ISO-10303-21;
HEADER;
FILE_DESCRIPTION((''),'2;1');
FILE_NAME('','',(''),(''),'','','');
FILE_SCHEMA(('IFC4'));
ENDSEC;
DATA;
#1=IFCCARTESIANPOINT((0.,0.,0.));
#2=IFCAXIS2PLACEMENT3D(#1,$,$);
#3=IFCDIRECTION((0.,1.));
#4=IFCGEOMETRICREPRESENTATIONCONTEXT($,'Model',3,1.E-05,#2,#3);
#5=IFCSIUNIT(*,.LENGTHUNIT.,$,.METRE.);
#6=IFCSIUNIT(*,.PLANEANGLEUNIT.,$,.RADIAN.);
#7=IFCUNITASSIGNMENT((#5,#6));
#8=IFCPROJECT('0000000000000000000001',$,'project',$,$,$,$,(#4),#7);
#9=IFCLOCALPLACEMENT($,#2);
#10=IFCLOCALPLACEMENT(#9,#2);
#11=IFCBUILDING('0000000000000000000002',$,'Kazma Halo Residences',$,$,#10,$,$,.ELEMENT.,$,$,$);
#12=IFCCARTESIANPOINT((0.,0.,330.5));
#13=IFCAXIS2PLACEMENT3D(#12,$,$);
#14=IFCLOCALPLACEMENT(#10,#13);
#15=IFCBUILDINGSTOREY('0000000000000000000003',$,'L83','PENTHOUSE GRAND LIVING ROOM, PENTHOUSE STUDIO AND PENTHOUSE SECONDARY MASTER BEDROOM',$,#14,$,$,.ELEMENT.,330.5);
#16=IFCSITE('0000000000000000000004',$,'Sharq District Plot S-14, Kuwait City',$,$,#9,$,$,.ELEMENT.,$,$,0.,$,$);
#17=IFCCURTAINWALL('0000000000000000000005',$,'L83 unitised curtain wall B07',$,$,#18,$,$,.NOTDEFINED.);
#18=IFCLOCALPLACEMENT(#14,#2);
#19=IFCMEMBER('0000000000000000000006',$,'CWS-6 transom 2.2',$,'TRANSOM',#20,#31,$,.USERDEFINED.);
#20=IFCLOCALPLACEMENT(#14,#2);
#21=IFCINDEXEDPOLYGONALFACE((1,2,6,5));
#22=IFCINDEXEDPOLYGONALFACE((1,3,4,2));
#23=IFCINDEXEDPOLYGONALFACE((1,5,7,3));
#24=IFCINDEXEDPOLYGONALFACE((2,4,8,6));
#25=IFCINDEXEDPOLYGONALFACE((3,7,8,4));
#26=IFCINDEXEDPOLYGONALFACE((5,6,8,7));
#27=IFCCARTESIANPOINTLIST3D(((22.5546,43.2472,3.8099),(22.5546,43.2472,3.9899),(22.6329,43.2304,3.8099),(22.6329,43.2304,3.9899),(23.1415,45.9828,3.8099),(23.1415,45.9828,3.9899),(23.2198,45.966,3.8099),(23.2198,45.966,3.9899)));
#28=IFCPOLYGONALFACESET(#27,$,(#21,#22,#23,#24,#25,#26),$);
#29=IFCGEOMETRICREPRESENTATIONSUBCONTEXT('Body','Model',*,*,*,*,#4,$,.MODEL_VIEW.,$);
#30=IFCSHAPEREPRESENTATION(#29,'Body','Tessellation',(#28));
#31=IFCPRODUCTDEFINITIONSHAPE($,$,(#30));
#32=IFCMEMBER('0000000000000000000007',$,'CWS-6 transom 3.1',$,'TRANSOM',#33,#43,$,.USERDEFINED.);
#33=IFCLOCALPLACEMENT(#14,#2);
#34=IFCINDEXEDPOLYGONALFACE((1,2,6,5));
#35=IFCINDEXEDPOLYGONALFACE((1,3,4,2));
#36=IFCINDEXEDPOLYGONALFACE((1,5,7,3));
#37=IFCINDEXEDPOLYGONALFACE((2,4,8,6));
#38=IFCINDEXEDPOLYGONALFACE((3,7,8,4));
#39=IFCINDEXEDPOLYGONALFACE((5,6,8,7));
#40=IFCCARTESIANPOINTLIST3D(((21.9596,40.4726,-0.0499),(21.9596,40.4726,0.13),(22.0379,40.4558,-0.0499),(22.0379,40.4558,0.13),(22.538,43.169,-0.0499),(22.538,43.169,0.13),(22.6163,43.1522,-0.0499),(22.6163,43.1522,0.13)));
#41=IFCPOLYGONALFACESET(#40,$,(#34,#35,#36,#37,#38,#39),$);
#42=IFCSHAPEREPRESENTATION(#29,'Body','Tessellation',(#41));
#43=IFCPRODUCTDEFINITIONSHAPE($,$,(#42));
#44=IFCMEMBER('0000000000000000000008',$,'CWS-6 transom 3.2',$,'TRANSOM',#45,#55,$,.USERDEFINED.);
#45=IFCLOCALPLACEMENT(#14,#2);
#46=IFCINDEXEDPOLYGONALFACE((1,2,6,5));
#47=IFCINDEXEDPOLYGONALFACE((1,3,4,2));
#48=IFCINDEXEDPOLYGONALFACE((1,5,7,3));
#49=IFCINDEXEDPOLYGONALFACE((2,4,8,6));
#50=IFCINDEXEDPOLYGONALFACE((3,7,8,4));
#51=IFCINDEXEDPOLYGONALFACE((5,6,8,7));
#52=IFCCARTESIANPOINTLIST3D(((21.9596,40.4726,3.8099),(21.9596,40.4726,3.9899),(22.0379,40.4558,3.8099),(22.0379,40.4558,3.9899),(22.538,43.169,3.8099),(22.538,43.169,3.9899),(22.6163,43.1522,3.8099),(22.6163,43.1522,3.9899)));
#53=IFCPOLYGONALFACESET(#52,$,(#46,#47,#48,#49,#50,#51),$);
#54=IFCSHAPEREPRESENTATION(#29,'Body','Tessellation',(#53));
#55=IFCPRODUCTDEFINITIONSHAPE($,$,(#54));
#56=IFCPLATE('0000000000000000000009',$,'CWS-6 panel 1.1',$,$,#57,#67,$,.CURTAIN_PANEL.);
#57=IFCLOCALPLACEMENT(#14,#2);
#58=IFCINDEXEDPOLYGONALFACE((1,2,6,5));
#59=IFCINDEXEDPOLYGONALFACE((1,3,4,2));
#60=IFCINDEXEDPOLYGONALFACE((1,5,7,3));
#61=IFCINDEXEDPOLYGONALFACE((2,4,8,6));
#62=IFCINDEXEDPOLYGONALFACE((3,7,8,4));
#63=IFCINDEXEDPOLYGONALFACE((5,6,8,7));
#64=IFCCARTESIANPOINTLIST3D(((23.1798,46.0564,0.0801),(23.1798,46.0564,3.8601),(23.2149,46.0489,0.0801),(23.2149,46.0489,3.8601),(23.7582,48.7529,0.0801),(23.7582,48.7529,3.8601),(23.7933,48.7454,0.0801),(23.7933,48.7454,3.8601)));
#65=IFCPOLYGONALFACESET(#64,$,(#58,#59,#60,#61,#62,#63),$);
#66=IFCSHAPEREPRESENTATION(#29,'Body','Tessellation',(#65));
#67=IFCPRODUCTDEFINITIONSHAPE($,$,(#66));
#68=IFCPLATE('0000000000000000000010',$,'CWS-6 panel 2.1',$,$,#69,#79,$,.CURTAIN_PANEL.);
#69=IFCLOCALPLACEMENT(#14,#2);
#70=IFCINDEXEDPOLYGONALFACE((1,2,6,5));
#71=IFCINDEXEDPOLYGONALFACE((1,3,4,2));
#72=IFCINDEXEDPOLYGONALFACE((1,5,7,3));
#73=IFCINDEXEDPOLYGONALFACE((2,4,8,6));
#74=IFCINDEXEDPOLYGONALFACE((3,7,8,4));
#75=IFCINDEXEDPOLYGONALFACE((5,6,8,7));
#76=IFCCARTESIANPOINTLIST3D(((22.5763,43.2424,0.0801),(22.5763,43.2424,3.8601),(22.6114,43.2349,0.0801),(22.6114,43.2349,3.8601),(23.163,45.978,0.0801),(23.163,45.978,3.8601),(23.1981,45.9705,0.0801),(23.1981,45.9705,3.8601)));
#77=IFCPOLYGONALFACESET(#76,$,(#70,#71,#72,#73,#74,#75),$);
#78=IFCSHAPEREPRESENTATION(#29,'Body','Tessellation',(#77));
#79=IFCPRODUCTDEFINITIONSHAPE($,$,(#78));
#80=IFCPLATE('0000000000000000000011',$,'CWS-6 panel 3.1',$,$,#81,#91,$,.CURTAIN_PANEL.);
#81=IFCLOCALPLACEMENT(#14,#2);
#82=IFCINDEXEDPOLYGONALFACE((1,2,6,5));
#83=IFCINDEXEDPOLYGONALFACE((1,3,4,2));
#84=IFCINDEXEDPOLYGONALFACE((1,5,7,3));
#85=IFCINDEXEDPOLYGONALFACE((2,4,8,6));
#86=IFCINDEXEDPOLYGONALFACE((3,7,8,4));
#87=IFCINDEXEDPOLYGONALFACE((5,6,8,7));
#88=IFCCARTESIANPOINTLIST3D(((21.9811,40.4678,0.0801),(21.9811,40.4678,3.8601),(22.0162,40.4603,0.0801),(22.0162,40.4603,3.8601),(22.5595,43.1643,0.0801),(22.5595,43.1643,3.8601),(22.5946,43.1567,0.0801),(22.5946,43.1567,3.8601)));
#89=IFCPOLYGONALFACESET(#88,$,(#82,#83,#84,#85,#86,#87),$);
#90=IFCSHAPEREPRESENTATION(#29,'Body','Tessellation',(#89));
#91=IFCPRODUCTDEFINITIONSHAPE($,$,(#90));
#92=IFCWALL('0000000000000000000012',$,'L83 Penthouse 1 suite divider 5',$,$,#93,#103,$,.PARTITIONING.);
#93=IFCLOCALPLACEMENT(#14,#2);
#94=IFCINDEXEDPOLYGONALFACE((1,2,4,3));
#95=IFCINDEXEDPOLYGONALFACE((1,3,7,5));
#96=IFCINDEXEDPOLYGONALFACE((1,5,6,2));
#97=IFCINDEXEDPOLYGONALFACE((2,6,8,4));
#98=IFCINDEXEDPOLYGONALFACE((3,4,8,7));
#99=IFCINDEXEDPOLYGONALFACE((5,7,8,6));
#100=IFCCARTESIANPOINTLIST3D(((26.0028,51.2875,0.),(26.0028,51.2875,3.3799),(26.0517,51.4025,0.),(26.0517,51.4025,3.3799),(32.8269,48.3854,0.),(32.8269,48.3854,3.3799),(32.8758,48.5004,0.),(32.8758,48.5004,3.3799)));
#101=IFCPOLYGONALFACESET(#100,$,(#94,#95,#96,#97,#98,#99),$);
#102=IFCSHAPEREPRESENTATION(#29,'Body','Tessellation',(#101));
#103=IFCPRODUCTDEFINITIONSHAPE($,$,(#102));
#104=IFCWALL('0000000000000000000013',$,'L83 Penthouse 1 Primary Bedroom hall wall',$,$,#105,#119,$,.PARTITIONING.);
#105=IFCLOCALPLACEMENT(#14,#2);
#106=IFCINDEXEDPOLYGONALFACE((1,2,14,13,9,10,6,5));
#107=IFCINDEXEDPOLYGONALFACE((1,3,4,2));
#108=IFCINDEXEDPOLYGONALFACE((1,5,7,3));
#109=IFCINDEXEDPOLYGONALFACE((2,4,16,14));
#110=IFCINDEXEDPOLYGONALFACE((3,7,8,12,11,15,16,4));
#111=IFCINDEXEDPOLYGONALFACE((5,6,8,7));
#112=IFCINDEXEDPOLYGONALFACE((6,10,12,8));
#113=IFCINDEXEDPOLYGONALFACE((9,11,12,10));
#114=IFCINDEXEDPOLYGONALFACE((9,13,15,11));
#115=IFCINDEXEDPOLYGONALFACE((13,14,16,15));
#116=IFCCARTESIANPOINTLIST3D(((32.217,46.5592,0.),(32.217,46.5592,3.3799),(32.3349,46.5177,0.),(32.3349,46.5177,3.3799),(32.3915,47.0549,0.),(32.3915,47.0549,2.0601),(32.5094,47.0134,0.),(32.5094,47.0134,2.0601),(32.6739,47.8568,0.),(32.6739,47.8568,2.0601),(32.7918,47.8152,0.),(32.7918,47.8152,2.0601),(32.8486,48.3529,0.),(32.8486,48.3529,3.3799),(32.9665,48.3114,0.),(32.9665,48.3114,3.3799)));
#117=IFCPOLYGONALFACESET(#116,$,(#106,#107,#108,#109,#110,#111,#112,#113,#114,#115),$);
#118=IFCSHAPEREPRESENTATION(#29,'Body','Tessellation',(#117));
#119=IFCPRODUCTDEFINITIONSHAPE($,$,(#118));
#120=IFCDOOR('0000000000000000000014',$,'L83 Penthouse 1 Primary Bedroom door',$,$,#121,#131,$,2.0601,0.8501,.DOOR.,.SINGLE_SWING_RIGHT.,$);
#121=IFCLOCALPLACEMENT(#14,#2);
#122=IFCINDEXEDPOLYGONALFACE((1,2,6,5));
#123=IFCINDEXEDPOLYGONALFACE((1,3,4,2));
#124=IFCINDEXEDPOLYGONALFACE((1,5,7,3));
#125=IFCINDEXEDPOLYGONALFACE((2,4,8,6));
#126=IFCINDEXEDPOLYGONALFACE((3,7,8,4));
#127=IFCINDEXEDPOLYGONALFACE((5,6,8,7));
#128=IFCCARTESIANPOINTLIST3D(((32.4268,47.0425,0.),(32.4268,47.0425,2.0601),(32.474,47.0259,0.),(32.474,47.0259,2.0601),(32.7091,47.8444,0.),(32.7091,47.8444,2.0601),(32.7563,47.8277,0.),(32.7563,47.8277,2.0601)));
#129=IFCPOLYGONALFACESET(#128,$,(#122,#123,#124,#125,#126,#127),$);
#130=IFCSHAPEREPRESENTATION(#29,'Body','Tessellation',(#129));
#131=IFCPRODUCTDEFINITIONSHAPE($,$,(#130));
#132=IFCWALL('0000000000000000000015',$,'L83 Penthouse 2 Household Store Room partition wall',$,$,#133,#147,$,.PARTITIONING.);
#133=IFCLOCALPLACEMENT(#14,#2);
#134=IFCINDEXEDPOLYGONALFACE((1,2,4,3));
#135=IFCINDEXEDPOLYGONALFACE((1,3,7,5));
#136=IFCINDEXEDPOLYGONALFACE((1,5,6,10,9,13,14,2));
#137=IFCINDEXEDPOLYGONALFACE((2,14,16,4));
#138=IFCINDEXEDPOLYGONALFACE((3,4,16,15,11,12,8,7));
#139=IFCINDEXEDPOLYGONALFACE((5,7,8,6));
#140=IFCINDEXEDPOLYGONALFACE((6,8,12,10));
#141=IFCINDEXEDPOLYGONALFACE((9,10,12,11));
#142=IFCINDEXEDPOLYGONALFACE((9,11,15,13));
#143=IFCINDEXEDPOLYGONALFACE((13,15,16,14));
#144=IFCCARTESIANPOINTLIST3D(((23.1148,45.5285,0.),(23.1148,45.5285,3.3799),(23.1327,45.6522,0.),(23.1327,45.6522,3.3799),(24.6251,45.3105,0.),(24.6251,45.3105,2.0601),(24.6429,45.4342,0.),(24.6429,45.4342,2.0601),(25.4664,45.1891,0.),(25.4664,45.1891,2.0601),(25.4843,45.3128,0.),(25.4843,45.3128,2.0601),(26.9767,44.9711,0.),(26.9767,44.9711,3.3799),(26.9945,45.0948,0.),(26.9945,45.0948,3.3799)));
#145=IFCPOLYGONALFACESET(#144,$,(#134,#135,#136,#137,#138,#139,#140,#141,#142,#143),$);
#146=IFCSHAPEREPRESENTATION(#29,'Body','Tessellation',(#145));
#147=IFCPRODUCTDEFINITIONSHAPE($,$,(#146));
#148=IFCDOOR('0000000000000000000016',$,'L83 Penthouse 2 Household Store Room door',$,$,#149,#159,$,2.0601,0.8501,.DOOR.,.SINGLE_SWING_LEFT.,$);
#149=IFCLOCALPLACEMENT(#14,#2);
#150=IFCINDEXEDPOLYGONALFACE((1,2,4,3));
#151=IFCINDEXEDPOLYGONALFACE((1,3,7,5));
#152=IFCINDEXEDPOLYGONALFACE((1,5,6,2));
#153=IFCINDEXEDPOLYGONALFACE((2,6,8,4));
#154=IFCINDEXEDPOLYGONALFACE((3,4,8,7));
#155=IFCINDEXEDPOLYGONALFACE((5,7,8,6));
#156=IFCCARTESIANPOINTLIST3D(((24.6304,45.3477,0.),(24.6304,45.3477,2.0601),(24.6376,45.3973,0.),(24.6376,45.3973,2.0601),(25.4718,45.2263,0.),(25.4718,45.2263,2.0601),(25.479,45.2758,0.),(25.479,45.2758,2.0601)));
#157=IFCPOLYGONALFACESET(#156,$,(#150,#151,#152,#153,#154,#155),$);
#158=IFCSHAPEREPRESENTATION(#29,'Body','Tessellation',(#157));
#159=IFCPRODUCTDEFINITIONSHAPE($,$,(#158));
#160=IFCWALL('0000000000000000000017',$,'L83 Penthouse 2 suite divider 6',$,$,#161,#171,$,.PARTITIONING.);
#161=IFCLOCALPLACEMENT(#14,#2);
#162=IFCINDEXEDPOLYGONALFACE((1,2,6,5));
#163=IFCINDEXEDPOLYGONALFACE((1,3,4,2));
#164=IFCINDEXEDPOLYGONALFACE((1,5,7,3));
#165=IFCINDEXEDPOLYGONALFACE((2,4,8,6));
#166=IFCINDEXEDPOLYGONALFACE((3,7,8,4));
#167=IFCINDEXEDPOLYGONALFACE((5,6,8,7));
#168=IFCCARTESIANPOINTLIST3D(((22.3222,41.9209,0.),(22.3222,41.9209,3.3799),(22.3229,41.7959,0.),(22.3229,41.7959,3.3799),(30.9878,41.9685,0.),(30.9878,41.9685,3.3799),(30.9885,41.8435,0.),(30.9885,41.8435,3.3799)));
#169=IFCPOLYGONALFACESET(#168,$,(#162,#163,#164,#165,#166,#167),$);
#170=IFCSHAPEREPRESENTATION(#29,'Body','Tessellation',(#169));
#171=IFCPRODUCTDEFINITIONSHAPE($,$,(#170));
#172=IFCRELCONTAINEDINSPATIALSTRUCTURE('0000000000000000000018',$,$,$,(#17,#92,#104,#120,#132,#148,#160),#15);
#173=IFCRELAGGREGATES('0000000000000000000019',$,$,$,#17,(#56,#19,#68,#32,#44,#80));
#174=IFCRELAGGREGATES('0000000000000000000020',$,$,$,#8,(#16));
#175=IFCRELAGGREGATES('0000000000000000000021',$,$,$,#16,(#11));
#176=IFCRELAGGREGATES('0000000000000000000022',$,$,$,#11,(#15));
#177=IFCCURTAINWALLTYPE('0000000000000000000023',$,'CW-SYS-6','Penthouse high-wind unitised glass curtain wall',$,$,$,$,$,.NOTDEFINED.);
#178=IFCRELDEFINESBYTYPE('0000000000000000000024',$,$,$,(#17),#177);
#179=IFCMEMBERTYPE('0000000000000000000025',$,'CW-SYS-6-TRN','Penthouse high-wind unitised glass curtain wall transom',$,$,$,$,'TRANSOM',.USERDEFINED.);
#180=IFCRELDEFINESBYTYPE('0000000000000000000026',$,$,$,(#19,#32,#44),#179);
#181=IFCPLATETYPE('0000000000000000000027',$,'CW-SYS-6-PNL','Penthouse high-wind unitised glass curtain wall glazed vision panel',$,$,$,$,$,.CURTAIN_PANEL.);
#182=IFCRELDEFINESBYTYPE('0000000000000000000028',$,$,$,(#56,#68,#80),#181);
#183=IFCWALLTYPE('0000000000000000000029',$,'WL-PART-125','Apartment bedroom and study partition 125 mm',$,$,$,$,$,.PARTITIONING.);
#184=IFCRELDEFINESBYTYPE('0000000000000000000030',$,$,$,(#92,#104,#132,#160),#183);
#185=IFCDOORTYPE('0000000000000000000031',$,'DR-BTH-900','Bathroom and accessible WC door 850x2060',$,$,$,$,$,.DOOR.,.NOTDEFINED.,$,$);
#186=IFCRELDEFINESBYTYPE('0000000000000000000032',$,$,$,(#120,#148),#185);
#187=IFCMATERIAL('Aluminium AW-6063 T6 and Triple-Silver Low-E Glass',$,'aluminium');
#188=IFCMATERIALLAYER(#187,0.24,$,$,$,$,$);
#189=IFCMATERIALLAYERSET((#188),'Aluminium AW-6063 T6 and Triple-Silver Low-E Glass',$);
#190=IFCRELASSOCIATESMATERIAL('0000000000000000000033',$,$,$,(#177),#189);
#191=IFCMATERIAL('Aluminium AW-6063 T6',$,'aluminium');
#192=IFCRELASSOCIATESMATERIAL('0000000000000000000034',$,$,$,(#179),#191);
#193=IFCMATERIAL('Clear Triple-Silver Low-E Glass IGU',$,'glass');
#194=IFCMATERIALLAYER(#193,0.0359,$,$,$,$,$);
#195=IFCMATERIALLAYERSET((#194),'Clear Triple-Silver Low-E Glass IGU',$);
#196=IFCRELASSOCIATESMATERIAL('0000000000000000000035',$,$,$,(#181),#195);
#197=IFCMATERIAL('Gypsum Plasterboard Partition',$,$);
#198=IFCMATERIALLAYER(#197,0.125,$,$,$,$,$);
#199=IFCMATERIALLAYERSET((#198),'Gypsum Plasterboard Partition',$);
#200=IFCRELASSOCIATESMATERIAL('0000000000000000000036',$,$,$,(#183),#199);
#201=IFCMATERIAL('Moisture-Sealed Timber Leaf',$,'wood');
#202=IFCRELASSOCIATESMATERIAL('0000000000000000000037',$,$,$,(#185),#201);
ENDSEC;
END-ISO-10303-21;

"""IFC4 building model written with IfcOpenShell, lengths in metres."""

from ifc_helpers import new_model, si_unit, direction, frame, frame_2d, origin, origin_2d, place, context, subcontext, project, spatial, rectangle, extrude, material, layer, layer_set, material_profile, profile_set, type_object, element, fill, aggregate, save


model = new_model("IFC4")

# Units and contexts
model_context = context("Model", 3, precision=1e-05, world=origin(), true_north=direction((0.0, 1.0)))
body_context = subcontext(model_context, "Body", "Model", "MODEL_VIEW")
ifc_project = project(units=[si_unit("LENGTHUNIT", "METRE"), si_unit("PLANEANGLEUNIT", "RADIAN")], contexts=[model_context])

# Site, building, storey
site_placement = place(None, origin())
site = spatial("IfcSite", under=ifc_project, at=site_placement, Name="Sharq District Plot S-14, Kuwait City", CompositionType="ELEMENT", RefElevation=0.0)
building_placement = place(site_placement, origin())
building = spatial("IfcBuilding", under=site, at=building_placement, Name="Kazma Halo Residences", CompositionType="ELEMENT")
storey_placement = place(building_placement, frame((0.0, 0.0, 330.5)))
storey = spatial("IfcBuildingStorey", under=building, at=storey_placement, Name="L83", Description="PENTHOUSE GRAND LIVING ROOM, PENTHOUSE STUDIO AND PENTHOUSE SECONDARY MASTER BEDROOM", CompositionType="ELEMENT", Elevation=330.5)

# Curtain wall, members, plates
ifc_material_1 = material(Name="Aluminium AW-6063 T6 and Triple-Silver Low-E Glass", Category="aluminium")
ifc_layer_1 = layer(ifc_material_1, 0.24)
ifc_layer_set_1 = layer_set([ifc_layer_1], Name="Aluminium AW-6063 T6 and Triple-Silver Low-E Glass")
curtain_wall_type = type_object("IfcCurtainWallType", Name="CW-SYS-6", Description="Penthouse high-wind unitised glass curtain wall", PredefinedType="NOTDEFINED", material=ifc_layer_set_1)
curtain_wall_placement = place(storey_placement, origin())
curtain_wall = element("IfcCurtainWall", 1, at=curtain_wall_placement, inside=storey, type_object=curtain_wall_type, Name="L83 unitised curtain wall B07", PredefinedType="NOTDEFINED")
ifc_material_2 = material(Name="Aluminium AW-6063 T6", Category="aluminium")
ifc_material_profile_1 = material_profile(ifc_material_2, rectangle(XDim=0.0801, YDim=0.1799, at=origin_2d()), Name="CWT-80x180")
ifc_profile_set_1 = profile_set([ifc_material_profile_1], Name="Aluminium AW-6063 T6")
member_type_1 = type_object("IfcMemberType", Name="CW-SYS-6-TRN", Description="Penthouse high-wind unitised glass curtain wall transom", ElementType="TRANSOM", PredefinedType="USERDEFINED", material=ifc_profile_set_1)
member_1_placement = place(storey_placement, frame((23.1807, 45.9744, 3.8999), z_axis=(-0.209773, -0.97775, 0.0), x_axis=(0.97775, -0.209773, 0.0)))
member_1 = element("IfcMember", 2, at=member_1_placement, type_object=member_type_1, Name="CWS-6 transom 2.2", ObjectType="TRANSOM", PredefinedType="USERDEFINED", context=body_context, shape_type="SweptSolid", body=[
    extrude(rectangle(XDim=0.0801, YDim=0.1799, at=origin_2d()), origin(), (0.0, 0.0, 1.0), 2.7979),
])
member_2_placement = place(storey_placement, frame((22.5771, 43.1606, 0.04), z_axis=(-0.209716, -0.977762, 0.0), x_axis=(0.977762, -0.209716, 0.0)))
member_2 = element("IfcMember", 3, at=member_2_placement, type_object=member_type_1, Name="CWS-6 transom 3.1", ObjectType="TRANSOM", PredefinedType="USERDEFINED", context=body_context, shape_type="SweptSolid", body=[
    extrude(rectangle(XDim=0.0801, YDim=0.1799, at=origin_2d()), origin(), (0.0, 0.0, 1.0), 2.7578),
])
member_3_placement = place(storey_placement, frame((22.5771, 43.1606, 3.8999), z_axis=(-0.209716, -0.977762, 0.0), x_axis=(0.977762, -0.209716, 0.0)))
member_3 = element("IfcMember", 4, at=member_3_placement, type_object=member_type_1, Name="CWS-6 transom 3.2", ObjectType="TRANSOM", PredefinedType="USERDEFINED", context=body_context, shape_type="SweptSolid", body=[
    extrude(rectangle(XDim=0.0801, YDim=0.1799, at=origin_2d()), origin(), (0.0, 0.0, 1.0), 2.7578),
])
ifc_material_3 = material(Name="Clear Triple-Silver Low-E Glass IGU", Category="glass")
ifc_layer_2 = layer(ifc_material_3, 0.0359)
ifc_layer_set_2 = layer_set([ifc_layer_2], Name="Clear Triple-Silver Low-E Glass IGU")
plate_type = type_object("IfcPlateType", Name="CW-SYS-6-PNL", Description="Penthouse high-wind unitised glass curtain wall glazed vision panel", PredefinedType="CURTAIN_PANEL", material=ifc_layer_set_2)
plate_1_placement = place(storey_placement, frame((23.4866, 47.4009, 0.0801), z_axis=(0.0, 0.0, 1.0), x_axis=(-0.209723, -0.977761, 0.0)))
plate_1 = element("IfcPlate", 5, at=plate_1_placement, type_object=plate_type, Name="CWS-6 panel 1.1", PredefinedType="CURTAIN_PANEL", context=body_context, shape_type="SweptSolid", body=[
    extrude(rectangle(XDim=2.7578, YDim=0.0359, at=origin_2d()), origin(), (0.0, 0.0, 1.0), 3.78),
])
plate_2_placement = place(storey_placement, frame((22.8872, 44.6064, 0.0801), z_axis=(0.0, 0.0, 1.0), x_axis=(-0.209723, -0.977761, 0.0)))
plate_2 = element("IfcPlate", 6, at=plate_2_placement, type_object=plate_type, Name="CWS-6 panel 2.1", PredefinedType="CURTAIN_PANEL", context=body_context, shape_type="SweptSolid", body=[
    extrude(rectangle(XDim=2.7979, YDim=0.0359, at=origin_2d()), origin(), (0.0, 0.0, 1.0), 3.78),
])
plate_3_placement = place(storey_placement, frame((22.2878, 41.8123, 0.0801), z_axis=(0.0, 0.0, 1.0), x_axis=(-0.209723, -0.977761, 0.0)))
plate_3 = element("IfcPlate", 7, at=plate_3_placement, type_object=plate_type, Name="CWS-6 panel 3.1", PredefinedType="CURTAIN_PANEL", context=body_context, shape_type="SweptSolid", body=[
    extrude(rectangle(XDim=2.7578, YDim=0.0359, at=origin_2d()), origin(), (0.0, 0.0, 1.0), 3.78),
])
aggregate(curtain_wall, [plate_1, member_1, plate_2, member_2, member_3, plate_3])

# Wall
ifc_material_4 = material(Name="Gypsum Plasterboard Partition")
ifc_layer_3 = layer(ifc_material_4, 0.125)
ifc_layer_set_3 = layer_set([ifc_layer_3], Name="Gypsum Plasterboard Partition")
wall_type_1 = type_object("IfcWallType", Name="WL-PART-125", Description="Apartment bedroom and study partition 125 mm", PredefinedType="PARTITIONING", material=ifc_layer_set_3)
wall_1_placement = place(storey_placement, frame((32.8513, 48.4429, 0.0), z_axis=(0.0, 0.0, 1.0), x_axis=(-0.920238, 0.391359, 0.0)))
element("IfcWall", 8, at=wall_1_placement, inside=storey, type_object=wall_type_1, Name="L83 Penthouse 1 suite divider 5", PredefinedType="PARTITIONING", context=body_context, shape_type="SweptSolid", body=[
    extrude(rectangle(XDim=7.4155, YDim=0.125, at=frame_2d((3.7078, 0.0))), origin(), (0.0, 0.0, 1.0), 3.3799),
])

# Walls, openings, doors
wall_2_placement = place(storey_placement, frame((32.9075, 48.332, 0.0), z_axis=(0.0, 0.0, 1.0), x_axis=(-0.332128, -0.943234, 0.0)))
wall_2 = element("IfcWall", 9, at=wall_2_placement, inside=storey, type_object=wall_type_1, Name="L83 Penthouse 1 Primary Bedroom hall wall", PredefinedType="PARTITIONING", context=body_context, shape_type="SweptSolid", body=[
    extrude(rectangle(XDim=1.9016, YDim=0.125, at=frame_2d((0.9507, 0.0))), origin(), (0.0, 0.0, 1.0), 3.3799),
])
opening_1_placement = place(wall_2_placement, frame((0.5259, 0.0, 0.0)))
opening_1 = element("IfcOpeningElement", 10, at=opening_1_placement, cuts=wall_2, PredefinedType="OPENING", context=body_context, shape_type="SweptSolid", body=[
    extrude(rectangle(XDim=0.8501, YDim=2.0601, at=frame_2d((0.425, 1.03))), frame((0.0, 0.0725, 0.0), z_axis=(0.0, -1.0, 0.0), x_axis=(1.0, 0.0, 0.0)), (0.0, 0.0, 1.0), 0.145),
])
ifc_material_5 = material(Name="Moisture-Sealed Timber Leaf", Category="wood")
door_type = type_object("IfcDoorType", Name="DR-BTH-900", Description="Bathroom and accessible WC door 850x2060", OperationType="NOTDEFINED", PredefinedType="DOOR", material=ifc_material_5)
door_1_placement = place(opening_1_placement, origin())
door_1 = element("IfcDoor", 11, at=door_1_placement, inside=storey, type_object=door_type, Name="L83 Penthouse 1 Primary Bedroom door", OperationType="SINGLE_SWING_RIGHT", OverallHeight=2.0601, OverallWidth=0.8501, PredefinedType="DOOR", context=body_context, shape_type="SweptSolid", body=[
    extrude(rectangle(XDim=0.8501, YDim=2.0601, at=frame_2d((0.425, 1.03))), frame((0.0, 0.0249, 0.0), z_axis=(0.0, -1.0, 0.0), x_axis=(1.0, 0.0, 0.0)), (0.0, 0.0, 1.0), 0.05),
])
fill(opening_1, door_1)
wall_3_placement = place(storey_placement, frame((26.9856, 45.033, 0.0), z_axis=(0.0, 0.0, 1.0), x_axis=(-0.989744, 0.142849, 0.0)))
wall_3 = element("IfcWall", 12, at=wall_3_placement, inside=storey, type_object=wall_type_1, Name="L83 Penthouse 2 Household Store Room partition wall", PredefinedType="PARTITIONING", context=body_context, shape_type="SweptSolid", body=[
    extrude(rectangle(XDim=3.9019, YDim=0.125, at=frame_2d((1.9509, 0.0))), origin(), (0.0, 0.0, 1.0), 3.3799),
])
opening_2_placement = place(wall_3_placement, frame((1.5259, 0.0, 0.0)))
opening_2 = element("IfcOpeningElement", 13, at=opening_2_placement, cuts=wall_3, PredefinedType="OPENING", context=body_context, shape_type="SweptSolid", body=[
    extrude(rectangle(XDim=0.8501, YDim=2.0601, at=frame_2d((0.425, 1.03))), frame((0.0, 0.0725, 0.0), z_axis=(0.0, -1.0, 0.0), x_axis=(1.0, 0.0, 0.0)), (0.0, 0.0, 1.0), 0.145),
])
door_2_placement = place(opening_2_placement, origin())
door_2 = element("IfcDoor", 14, at=door_2_placement, inside=storey, type_object=door_type, Name="L83 Penthouse 2 Household Store Room door", OperationType="SINGLE_SWING_LEFT", OverallHeight=2.0601, OverallWidth=0.8501, PredefinedType="DOOR", context=body_context, shape_type="SweptSolid", body=[
    extrude(rectangle(XDim=0.8501, YDim=2.0601, at=frame_2d((0.425, 1.03))), frame((0.0, 0.0249, 0.0), z_axis=(0.0, -1.0, 0.0), x_axis=(1.0, 0.0, 0.0)), (0.0, 0.0, 1.0), 0.05),
])
fill(opening_2, door_2)

# Wall
wall_4_placement = place(storey_placement, frame((30.9883, 41.906, 0.0), z_axis=(0.0, 0.0, 1.0), x_axis=(-0.999985, -0.005494, 0.0)))
element("IfcWall", 15, at=wall_4_placement, inside=storey, type_object=wall_type_1, Name="L83 Penthouse 2 suite divider 6", PredefinedType="PARTITIONING", context=body_context, shape_type="SweptSolid", body=[
    extrude(rectangle(XDim=8.6658, YDim=0.125, at=frame_2d((4.333, 0.0))), origin(), (0.0, 0.0, 1.0), 3.3799),
])

save(model, "model.ifc")
